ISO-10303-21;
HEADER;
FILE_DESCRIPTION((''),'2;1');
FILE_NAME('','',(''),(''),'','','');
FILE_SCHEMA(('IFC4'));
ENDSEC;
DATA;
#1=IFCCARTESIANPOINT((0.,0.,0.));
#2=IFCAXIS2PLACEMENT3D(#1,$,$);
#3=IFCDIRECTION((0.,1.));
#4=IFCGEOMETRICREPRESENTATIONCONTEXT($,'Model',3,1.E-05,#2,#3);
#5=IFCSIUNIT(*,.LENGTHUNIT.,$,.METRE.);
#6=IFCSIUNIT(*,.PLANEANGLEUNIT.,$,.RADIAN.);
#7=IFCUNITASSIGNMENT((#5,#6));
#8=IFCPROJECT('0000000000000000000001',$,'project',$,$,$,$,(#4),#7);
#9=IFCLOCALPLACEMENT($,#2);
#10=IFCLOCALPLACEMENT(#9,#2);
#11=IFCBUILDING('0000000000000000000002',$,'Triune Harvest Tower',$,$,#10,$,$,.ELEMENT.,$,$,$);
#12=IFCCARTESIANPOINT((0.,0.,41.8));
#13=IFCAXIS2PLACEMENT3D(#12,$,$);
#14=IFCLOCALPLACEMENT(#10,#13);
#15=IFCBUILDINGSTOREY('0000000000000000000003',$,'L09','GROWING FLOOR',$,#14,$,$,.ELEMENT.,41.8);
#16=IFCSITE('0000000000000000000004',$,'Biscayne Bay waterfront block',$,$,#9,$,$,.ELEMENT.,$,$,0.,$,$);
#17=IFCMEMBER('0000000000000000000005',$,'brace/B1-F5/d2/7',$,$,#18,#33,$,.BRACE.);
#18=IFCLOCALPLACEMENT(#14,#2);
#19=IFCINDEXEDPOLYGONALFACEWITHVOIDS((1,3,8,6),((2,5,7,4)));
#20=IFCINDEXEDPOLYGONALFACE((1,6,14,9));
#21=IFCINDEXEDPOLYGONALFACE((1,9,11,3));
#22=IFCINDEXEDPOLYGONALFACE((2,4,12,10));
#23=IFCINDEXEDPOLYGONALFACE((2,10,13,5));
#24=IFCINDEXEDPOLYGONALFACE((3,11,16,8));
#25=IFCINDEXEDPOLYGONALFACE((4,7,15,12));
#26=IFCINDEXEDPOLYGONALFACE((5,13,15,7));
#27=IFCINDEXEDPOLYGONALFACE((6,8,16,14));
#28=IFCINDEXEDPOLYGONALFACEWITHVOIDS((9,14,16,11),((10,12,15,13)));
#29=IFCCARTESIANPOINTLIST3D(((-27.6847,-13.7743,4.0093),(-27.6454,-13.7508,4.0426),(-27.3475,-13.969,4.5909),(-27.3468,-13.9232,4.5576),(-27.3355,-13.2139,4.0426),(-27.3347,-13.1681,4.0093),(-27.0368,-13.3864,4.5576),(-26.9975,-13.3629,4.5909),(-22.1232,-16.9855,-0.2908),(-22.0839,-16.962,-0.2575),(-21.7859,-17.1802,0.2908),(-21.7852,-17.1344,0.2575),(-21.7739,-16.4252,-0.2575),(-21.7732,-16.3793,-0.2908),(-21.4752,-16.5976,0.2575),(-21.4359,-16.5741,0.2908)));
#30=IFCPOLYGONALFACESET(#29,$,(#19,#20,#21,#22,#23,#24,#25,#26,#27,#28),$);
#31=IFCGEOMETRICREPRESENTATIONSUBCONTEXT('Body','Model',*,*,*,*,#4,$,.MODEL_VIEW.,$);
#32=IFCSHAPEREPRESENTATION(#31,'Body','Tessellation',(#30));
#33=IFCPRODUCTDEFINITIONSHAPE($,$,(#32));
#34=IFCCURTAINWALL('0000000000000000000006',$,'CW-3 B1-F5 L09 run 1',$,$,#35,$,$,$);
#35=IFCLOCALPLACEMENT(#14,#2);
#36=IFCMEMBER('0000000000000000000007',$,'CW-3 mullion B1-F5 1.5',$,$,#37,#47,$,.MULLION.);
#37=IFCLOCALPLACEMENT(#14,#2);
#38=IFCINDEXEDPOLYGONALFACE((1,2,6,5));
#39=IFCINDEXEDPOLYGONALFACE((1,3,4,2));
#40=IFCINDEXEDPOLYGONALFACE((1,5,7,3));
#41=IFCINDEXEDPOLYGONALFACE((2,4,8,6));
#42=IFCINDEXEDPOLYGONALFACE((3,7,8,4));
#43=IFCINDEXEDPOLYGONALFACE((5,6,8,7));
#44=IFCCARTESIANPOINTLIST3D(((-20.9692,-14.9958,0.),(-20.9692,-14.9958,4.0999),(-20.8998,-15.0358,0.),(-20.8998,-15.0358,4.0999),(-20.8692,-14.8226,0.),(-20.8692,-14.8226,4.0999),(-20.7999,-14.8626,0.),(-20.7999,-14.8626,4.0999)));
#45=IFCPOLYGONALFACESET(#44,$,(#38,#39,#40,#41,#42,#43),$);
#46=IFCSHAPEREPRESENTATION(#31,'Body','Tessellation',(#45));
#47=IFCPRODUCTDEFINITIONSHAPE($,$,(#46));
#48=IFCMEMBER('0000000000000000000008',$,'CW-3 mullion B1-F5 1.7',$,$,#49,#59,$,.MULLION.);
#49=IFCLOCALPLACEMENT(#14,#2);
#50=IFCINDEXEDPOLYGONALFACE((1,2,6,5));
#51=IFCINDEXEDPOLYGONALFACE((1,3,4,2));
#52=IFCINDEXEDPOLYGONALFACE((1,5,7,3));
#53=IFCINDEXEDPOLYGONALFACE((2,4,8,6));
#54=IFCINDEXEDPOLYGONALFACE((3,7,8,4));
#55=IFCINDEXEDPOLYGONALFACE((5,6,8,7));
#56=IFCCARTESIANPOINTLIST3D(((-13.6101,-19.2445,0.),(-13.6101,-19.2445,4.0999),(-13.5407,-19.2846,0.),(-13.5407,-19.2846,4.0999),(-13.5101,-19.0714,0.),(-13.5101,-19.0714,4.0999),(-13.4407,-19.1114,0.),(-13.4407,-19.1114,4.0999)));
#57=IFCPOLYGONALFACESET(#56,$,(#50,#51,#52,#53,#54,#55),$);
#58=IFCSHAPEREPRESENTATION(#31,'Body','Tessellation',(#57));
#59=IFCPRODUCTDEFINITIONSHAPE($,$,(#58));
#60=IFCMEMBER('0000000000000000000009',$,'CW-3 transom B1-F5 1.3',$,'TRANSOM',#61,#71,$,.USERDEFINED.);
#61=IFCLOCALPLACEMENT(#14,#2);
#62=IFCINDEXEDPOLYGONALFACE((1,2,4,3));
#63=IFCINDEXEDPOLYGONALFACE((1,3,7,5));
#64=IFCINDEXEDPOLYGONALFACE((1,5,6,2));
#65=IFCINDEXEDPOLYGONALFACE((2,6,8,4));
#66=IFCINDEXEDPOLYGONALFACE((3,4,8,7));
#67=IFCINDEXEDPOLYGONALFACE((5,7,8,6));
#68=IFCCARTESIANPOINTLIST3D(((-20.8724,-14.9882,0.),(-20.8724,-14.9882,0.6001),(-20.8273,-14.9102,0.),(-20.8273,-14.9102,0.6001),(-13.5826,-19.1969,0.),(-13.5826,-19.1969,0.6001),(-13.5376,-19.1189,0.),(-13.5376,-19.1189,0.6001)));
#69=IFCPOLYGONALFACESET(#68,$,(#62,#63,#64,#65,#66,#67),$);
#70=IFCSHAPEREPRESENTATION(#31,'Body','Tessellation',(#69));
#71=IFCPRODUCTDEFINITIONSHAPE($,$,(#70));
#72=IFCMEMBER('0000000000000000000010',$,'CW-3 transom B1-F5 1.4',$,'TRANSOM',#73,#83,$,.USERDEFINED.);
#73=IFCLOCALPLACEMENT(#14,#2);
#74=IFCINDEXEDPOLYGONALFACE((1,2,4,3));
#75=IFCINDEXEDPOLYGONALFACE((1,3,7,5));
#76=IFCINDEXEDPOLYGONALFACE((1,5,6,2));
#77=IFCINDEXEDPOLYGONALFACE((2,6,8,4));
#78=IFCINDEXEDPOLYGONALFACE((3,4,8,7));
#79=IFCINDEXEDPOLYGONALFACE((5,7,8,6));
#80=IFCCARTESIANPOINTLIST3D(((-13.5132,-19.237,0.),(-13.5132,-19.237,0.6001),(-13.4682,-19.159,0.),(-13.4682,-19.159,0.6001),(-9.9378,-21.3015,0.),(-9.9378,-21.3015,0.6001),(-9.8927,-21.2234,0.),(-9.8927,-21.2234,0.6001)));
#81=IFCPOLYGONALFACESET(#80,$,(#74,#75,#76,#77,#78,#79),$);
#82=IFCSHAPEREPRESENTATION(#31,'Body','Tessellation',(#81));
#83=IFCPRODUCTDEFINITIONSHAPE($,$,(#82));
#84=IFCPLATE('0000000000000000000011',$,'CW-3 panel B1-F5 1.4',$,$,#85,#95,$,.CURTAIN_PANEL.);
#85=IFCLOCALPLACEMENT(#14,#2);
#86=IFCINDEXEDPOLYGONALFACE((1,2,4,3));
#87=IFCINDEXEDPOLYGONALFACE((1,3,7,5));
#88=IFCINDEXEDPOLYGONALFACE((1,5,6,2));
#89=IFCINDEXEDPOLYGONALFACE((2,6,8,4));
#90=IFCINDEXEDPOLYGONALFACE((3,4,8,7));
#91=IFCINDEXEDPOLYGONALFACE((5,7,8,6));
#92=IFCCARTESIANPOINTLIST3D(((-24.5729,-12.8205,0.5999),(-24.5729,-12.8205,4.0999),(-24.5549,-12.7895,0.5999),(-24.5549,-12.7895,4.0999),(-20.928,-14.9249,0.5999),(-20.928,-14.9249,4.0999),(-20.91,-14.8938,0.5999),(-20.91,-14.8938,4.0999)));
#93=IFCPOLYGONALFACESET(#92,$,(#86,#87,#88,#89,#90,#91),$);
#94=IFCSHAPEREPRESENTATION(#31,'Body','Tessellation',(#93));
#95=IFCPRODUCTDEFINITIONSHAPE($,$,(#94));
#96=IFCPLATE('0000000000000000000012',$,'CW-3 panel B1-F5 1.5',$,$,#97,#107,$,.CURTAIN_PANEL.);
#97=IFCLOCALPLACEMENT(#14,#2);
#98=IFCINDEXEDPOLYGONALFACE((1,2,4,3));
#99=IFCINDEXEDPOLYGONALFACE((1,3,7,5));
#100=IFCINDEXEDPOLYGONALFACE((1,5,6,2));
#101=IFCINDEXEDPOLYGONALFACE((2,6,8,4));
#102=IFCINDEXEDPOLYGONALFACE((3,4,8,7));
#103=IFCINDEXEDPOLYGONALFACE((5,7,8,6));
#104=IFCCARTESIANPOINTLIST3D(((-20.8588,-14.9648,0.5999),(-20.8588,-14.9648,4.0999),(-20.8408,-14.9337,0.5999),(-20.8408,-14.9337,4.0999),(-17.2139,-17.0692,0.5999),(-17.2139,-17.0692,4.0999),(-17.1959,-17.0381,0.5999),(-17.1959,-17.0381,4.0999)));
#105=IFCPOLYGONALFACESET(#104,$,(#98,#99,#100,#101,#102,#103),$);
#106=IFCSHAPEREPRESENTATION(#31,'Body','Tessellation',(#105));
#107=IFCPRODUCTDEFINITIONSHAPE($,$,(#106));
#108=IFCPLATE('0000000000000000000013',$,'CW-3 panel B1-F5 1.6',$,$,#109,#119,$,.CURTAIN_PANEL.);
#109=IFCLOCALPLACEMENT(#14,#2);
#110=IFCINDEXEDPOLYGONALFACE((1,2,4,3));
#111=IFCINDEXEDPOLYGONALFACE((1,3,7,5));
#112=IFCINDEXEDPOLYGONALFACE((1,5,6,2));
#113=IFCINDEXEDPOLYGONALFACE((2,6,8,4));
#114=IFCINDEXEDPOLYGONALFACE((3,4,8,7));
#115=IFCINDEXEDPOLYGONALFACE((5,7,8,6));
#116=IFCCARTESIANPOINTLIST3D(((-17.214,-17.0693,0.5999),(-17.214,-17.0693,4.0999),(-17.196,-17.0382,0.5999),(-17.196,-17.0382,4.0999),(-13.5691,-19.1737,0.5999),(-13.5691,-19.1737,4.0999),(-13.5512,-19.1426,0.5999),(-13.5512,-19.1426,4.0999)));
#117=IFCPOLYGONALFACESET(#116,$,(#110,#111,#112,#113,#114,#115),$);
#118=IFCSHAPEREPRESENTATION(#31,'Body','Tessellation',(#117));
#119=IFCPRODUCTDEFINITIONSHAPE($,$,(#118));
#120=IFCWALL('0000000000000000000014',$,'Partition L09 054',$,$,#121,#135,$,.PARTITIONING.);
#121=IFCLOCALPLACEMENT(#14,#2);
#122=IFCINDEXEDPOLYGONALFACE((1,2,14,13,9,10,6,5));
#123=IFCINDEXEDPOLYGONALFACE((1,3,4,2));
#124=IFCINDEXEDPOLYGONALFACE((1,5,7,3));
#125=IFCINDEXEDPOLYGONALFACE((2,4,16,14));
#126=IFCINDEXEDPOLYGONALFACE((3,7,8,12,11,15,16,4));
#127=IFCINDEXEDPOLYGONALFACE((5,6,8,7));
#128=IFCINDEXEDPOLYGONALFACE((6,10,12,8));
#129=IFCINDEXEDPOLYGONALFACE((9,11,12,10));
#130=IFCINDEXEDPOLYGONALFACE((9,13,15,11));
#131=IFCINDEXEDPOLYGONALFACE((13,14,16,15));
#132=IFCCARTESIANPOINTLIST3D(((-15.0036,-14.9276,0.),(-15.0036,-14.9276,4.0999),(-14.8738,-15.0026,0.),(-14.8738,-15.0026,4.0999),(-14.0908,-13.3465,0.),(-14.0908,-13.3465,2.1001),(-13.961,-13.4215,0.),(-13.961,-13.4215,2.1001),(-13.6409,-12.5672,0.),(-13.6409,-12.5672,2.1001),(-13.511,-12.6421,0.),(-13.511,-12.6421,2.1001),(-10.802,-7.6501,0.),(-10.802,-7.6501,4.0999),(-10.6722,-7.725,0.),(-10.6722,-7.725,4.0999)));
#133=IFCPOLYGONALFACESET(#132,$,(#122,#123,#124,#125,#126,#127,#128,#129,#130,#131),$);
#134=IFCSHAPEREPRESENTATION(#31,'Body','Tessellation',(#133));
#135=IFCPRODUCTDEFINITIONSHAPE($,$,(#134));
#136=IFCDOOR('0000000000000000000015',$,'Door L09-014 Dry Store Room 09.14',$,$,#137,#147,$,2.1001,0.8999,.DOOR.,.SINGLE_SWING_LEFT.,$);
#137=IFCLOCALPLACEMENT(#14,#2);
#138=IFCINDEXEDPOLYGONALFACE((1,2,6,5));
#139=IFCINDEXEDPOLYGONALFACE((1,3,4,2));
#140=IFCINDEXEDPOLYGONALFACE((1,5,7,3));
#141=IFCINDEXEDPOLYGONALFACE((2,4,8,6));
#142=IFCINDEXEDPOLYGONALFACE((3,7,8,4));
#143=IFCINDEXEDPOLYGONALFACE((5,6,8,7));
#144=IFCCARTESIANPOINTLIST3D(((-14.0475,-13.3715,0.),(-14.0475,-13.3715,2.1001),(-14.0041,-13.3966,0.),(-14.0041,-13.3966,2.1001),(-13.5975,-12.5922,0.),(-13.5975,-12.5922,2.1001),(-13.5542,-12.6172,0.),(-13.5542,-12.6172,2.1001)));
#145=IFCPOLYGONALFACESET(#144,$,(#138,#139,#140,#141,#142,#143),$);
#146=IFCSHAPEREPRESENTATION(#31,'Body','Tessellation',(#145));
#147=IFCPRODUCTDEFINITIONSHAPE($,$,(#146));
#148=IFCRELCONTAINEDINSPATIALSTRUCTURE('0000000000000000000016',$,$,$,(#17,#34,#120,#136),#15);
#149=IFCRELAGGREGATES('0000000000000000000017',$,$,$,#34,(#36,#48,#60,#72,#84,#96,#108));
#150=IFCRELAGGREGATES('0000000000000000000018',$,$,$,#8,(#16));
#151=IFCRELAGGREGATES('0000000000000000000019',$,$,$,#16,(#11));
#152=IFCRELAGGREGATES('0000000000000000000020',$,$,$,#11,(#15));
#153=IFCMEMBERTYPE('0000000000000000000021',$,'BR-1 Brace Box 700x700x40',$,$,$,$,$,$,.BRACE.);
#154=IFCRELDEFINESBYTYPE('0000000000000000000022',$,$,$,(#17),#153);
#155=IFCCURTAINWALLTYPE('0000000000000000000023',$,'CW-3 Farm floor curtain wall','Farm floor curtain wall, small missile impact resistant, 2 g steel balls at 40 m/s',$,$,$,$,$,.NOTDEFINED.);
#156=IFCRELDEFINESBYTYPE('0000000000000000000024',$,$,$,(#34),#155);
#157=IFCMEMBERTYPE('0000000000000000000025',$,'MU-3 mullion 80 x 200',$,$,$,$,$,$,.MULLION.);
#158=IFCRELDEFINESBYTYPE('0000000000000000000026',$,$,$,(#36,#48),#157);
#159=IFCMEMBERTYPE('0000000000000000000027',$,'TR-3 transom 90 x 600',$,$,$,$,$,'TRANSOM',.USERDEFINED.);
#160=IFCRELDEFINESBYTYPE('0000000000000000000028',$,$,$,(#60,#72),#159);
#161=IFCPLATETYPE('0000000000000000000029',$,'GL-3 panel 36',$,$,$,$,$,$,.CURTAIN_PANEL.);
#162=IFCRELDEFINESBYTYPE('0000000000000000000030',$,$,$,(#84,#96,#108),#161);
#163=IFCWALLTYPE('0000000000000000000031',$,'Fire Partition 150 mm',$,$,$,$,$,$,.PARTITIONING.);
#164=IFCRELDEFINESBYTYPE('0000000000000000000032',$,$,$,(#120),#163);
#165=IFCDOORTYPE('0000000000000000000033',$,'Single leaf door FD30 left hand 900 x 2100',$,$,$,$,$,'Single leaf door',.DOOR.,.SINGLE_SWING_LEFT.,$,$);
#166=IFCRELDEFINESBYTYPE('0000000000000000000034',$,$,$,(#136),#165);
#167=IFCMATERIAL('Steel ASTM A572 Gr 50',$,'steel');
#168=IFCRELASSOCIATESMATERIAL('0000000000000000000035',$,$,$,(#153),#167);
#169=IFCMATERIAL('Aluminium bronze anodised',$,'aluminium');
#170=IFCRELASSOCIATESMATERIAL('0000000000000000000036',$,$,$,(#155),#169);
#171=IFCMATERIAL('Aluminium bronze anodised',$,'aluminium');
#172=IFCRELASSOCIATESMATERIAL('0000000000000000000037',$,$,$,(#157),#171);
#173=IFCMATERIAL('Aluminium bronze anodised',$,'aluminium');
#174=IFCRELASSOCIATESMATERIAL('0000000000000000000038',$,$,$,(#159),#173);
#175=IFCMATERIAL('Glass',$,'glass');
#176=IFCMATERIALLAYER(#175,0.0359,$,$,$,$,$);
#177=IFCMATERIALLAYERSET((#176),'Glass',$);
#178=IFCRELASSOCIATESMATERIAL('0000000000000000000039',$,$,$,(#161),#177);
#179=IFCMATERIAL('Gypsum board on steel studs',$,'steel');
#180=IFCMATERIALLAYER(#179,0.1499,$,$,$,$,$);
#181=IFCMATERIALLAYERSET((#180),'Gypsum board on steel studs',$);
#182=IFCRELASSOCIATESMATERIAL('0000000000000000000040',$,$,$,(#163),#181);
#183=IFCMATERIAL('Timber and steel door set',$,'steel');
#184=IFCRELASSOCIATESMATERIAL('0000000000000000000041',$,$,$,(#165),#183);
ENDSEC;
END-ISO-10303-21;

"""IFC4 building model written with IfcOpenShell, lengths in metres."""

from ifc_helpers import new_model, si_unit, direction, frame, frame_2d, origin, origin_2d, place, context, subcontext, project, spatial, rectangle, hollow_rectangle, extrude, source, transform, mapped, material, layer, layer_set, material_profile, profile_set, type_object, element, fill, aggregate, save


model = new_model("IFC4")

# Units and contexts
model_context = context("Model", 3, precision=1e-05, world=origin(), true_north=direction((0.0, 1.0)))
body_context = subcontext(model_context, "Body", "Model", "MODEL_VIEW")
ifc_project = project(units=[si_unit("LENGTHUNIT", "METRE"), si_unit("PLANEANGLEUNIT", "RADIAN")], contexts=[model_context])

# Site, building, storey
site_placement = place(None, origin())
site = spatial("IfcSite", under=ifc_project, at=site_placement, Name="Biscayne Bay waterfront block", CompositionType="ELEMENT", RefElevation=0.0)
building_placement = place(site_placement, origin())
building = spatial("IfcBuilding", under=site, at=building_placement, Name="Triune Harvest Tower", CompositionType="ELEMENT")
storey_placement = place(building_placement, frame((0.0, 0.0, 41.8)))
storey = spatial("IfcBuildingStorey", under=building, at=storey_placement, Name="L09", Description="GROWING FLOOR", CompositionType="ELEMENT", Elevation=41.8)

# Member
ifc_material_1 = material(Name="Steel ASTM A572 Gr 50", Category="steel")
ifc_material_profile_1 = material_profile(ifc_material_1, hollow_rectangle(XDim=0.7, YDim=0.7, WallThickness=0.04, at=origin_2d()), Name="Box 700x700x40")
ifc_profile_set_1 = profile_set([ifc_material_profile_1], Name="Steel ASTM A572 Gr 50")
member_type_1 = type_object("IfcMemberType", Name="BR-1 Brace Box 700x700x40", PredefinedType="BRACE", material=ifc_profile_set_1)
shared_shape_1 = source(origin(), body_context, "Body", "SweptSolid", [
    extrude(hollow_rectangle(XDim=0.7, YDim=0.7, WallThickness=0.04, at=origin_2d()), origin(), (0.0, 0.0, 1.0), 7.7288),
])
member_1_placement = place(storey_placement, frame((-21.7795, -16.7798, 0.0), z_axis=(-0.719595, 0.415488, 0.556375), x_axis=(-0.500027, -0.86601, 0.0)))
element("IfcMember", 1, at=member_1_placement, inside=storey, type_object=member_type_1, Name="brace/B1-F5/d2/7", PredefinedType="BRACE", context=body_context, shape_type="MappedRepresentation", body=[
    mapped(shared_shape_1, transform((0.0, 0.0, 0.0), scale=1.0)),
])

# Curtain wall, members, plates
ifc_material_2 = material(Name="Aluminium bronze anodised", Category="aluminium")
curtain_wall_type = type_object("IfcCurtainWallType", Name="CW-3 Farm floor curtain wall", Description="Farm floor curtain wall, small missile impact resistant, 2 g steel balls at 40 m/s", PredefinedType="NOTDEFINED", material=ifc_material_2)
curtain_wall_placement = place(storey_placement, origin())
curtain_wall = element("IfcCurtainWall", 2, at=curtain_wall_placement, inside=storey, type_object=curtain_wall_type, Name="CW-3 B1-F5 L09 run 1")
ifc_material_3 = material(Name="Aluminium bronze anodised", Category="aluminium")
ifc_material_profile_2 = material_profile(ifc_material_3, rectangle(XDim=0.2, YDim=0.0801, at=origin_2d()), Name="MU-3 mullion 80 x 200")
ifc_profile_set_2 = profile_set([ifc_material_profile_2], Name="Aluminium bronze anodised")
member_type_2 = type_object("IfcMemberType", Name="MU-3 mullion 80 x 200", PredefinedType="MULLION", material=ifc_profile_set_2)
shared_shape_2 = source(origin(), body_context, "Body", "SweptSolid", [
    extrude(rectangle(XDim=0.2, YDim=0.0801, at=origin_2d()), origin(), (0.0, 0.0, 1.0), 4.0999),
])
member_2_placement = place(storey_placement, frame((-20.8845, -14.9292, 0.0), z_axis=(0.0, 0.0, 1.0), x_axis=(0.5, 0.866026, 0.0)))
member_2 = element("IfcMember", 3, at=member_2_placement, type_object=member_type_2, Name="CW-3 mullion B1-F5 1.5", PredefinedType="MULLION", context=body_context, shape_type="MappedRepresentation", body=[
    mapped(shared_shape_2, transform((0.0, 0.0, 0.0), scale=1.0)),
])
member_3_placement = place(storey_placement, frame((-13.5254, -19.178, 0.0), z_axis=(0.0, 0.0, 1.0), x_axis=(0.5, 0.866026, 0.0)))
member_3 = element("IfcMember", 4, at=member_3_placement, type_object=member_type_2, Name="CW-3 mullion B1-F5 1.7", PredefinedType="MULLION", context=body_context, shape_type="MappedRepresentation", body=[
    mapped(shared_shape_2, transform((0.0, 0.0, 0.0), scale=1.0)),
])
ifc_material_4 = material(Name="Aluminium bronze anodised", Category="aluminium")
ifc_material_profile_3 = material_profile(ifc_material_4, rectangle(XDim=0.0901, YDim=0.6001, at=origin_2d()), Name="TR-3 transom 90 x 600")
ifc_profile_set_3 = profile_set([ifc_material_profile_3], Name="Aluminium bronze anodised")
member_type_3 = type_object("IfcMemberType", Name="TR-3 transom 90 x 600", ElementType="TRANSOM", PredefinedType="USERDEFINED", material=ifc_profile_set_3)
shared_shape_3 = source(origin(), body_context, "Body", "SweptSolid", [
    extrude(rectangle(XDim=0.0901, YDim=0.6001, at=origin_2d()), origin(), (0.0, 0.0, 1.0), 8.4175),
])
member_4_placement = place(storey_placement, frame((-20.8499, -14.9492, 0.3), z_axis=(0.866027, -0.499998, 0.0), x_axis=(0.499998, 0.866027, 0.0)))
member_4 = element("IfcMember", 5, at=member_4_placement, type_object=member_type_3, Name="CW-3 transom B1-F5 1.3", ObjectType="TRANSOM", PredefinedType="USERDEFINED", context=body_context, shape_type="MappedRepresentation", body=[
    mapped(shared_shape_3, transform((0.0, 0.0, 0.0), scale=1.0)),
])
shared_shape_4 = source(origin(), body_context, "Body", "SweptSolid", [
    extrude(rectangle(XDim=0.0901, YDim=0.6001, at=origin_2d()), origin(), (0.0, 0.0, 1.0), 4.1287),
])
member_5_placement = place(storey_placement, frame((-13.4907, -19.198, 0.3), z_axis=(0.866007, -0.500031, 0.0), x_axis=(0.500031, 0.866007, 0.0)))
member_5 = element("IfcMember", 6, at=member_5_placement, type_object=member_type_3, Name="CW-3 transom B1-F5 1.4", ObjectType="TRANSOM", PredefinedType="USERDEFINED", context=body_context, shape_type="MappedRepresentation", body=[
    mapped(shared_shape_4, transform((0.0, 0.0, 0.0), scale=1.0)),
])
ifc_material_5 = material(Name="Glass", Category="glass")
ifc_layer_1 = layer(ifc_material_5, 0.0359)
ifc_layer_set_1 = layer_set([ifc_layer_1], Name="Glass")
plate_type = type_object("IfcPlateType", Name="GL-3 panel 36", PredefinedType="CURTAIN_PANEL", material=ifc_layer_set_1)
shared_shape_5 = source(origin(), body_context, "Body", "SweptSolid", [
    extrude(rectangle(XDim=4.2087, YDim=0.0359, at=origin_2d()), origin(), (0.0, 0.0, 1.0), 3.5),
])
plate_1_placement = place(storey_placement, frame((-22.7415, -13.8572, 0.5999), z_axis=(0.0, 0.0, 1.0), x_axis=(0.866026, -0.5, 0.0)))
plate_1 = element("IfcPlate", 7, at=plate_1_placement, type_object=plate_type, Name="CW-3 panel B1-F5 1.4", PredefinedType="CURTAIN_PANEL", context=body_context, shape_type="MappedRepresentation", body=[
    mapped(shared_shape_5, transform((0.0, 0.0, 0.0), scale=1.0)),
])
plate_2_placement = place(storey_placement, frame((-19.0273, -16.0015, 0.5999), z_axis=(0.0, 0.0, 1.0), x_axis=(0.866026, -0.5, 0.0)))
plate_2 = element("IfcPlate", 8, at=plate_2_placement, type_object=plate_type, Name="CW-3 panel B1-F5 1.5", PredefinedType="CURTAIN_PANEL", context=body_context, shape_type="MappedRepresentation", body=[
    mapped(shared_shape_5, transform((0.0, 0.0, 0.0), scale=1.0)),
])
plate_3_placement = place(storey_placement, frame((-15.3826, -18.106, 0.5999), z_axis=(0.0, 0.0, 1.0), x_axis=(0.866026, -0.5, 0.0)))
plate_3 = element("IfcPlate", 9, at=plate_3_placement, type_object=plate_type, Name="CW-3 panel B1-F5 1.6", PredefinedType="CURTAIN_PANEL", context=body_context, shape_type="MappedRepresentation", body=[
    mapped(shared_shape_5, transform((0.0, 0.0, 0.0), scale=1.0)),
])
aggregate(curtain_wall, [member_2, member_3, member_4, member_5, plate_1, plate_2, plate_3])

# Wall, opening, door
ifc_material_6 = material(Name="Gypsum board on steel studs", Category="steel")
ifc_layer_2 = layer(ifc_material_6, 0.1499)
ifc_layer_set_2 = layer_set([ifc_layer_2], Name="Gypsum board on steel studs")
wall_type_1 = type_object("IfcWallType", Name="Fire Partition 150 mm", PredefinedType="PARTITIONING", material=ifc_layer_set_2)
wall_1_placement = place(storey_placement, frame((-14.9387, -14.9651, 0.0), z_axis=(0.0, 0.0, 1.0), x_axis=(0.499995, 0.866028, 0.0)))
wall_1 = element("IfcWall", 10, at=wall_1_placement, inside=storey, type_object=wall_type_1, Name="Partition L09 054", PredefinedType="PARTITIONING", context=body_context, shape_type="SweptSolid", body=[
    extrude(rectangle(XDim=8.4033, YDim=0.1499, at=frame_2d((4.2017, 0.0))), origin(), (0.0, 0.0, 1.0), 4.0999),
])
opening_1_placement = place(wall_1_placement, frame((1.8257, 0.0, 0.0)))
opening_1 = element("IfcOpeningElement", 11, at=opening_1_placement, cuts=wall_1, PredefinedType="OPENING", context=body_context, shape_type="SweptSolid", body=[
    extrude(rectangle(XDim=0.8999, YDim=2.1001, at=frame_2d((0.45, 1.05))), frame((0.0, 0.085, 0.0), z_axis=(0.0, -1.0, 0.0), x_axis=(1.0, 0.0, 0.0)), (0.0, 0.0, 1.0), 0.1699),
])
ifc_material_7 = material(Name="Timber and steel door set", Category="steel")
door_type_1 = type_object("IfcDoorType", Name="Single leaf door FD30 left hand 900 x 2100", ElementType="Single leaf door", OperationType="SINGLE_SWING_LEFT", PredefinedType="DOOR", material=ifc_material_7)
door_1_placement = place(opening_1_placement, origin())
door_1 = element("IfcDoor", 12, at=door_1_placement, inside=storey, type_object=door_type_1, Name="Door L09-014 Dry Store Room 09.14", OperationType="SINGLE_SWING_LEFT", OverallHeight=2.1001, OverallWidth=0.8999, PredefinedType="DOOR", context=body_context, shape_type="SweptSolid", body=[
    extrude(rectangle(XDim=0.8999, YDim=2.1001, at=frame_2d((0.45, 1.05))), frame((0.0, 0.0249, 0.0), z_axis=(0.0, -1.0, 0.0), x_axis=(1.0, 0.0, 0.0)), (0.0, 0.0, 1.0), 0.05),
])
fill(opening_1, door_1)

save(model, "model.ifc")
